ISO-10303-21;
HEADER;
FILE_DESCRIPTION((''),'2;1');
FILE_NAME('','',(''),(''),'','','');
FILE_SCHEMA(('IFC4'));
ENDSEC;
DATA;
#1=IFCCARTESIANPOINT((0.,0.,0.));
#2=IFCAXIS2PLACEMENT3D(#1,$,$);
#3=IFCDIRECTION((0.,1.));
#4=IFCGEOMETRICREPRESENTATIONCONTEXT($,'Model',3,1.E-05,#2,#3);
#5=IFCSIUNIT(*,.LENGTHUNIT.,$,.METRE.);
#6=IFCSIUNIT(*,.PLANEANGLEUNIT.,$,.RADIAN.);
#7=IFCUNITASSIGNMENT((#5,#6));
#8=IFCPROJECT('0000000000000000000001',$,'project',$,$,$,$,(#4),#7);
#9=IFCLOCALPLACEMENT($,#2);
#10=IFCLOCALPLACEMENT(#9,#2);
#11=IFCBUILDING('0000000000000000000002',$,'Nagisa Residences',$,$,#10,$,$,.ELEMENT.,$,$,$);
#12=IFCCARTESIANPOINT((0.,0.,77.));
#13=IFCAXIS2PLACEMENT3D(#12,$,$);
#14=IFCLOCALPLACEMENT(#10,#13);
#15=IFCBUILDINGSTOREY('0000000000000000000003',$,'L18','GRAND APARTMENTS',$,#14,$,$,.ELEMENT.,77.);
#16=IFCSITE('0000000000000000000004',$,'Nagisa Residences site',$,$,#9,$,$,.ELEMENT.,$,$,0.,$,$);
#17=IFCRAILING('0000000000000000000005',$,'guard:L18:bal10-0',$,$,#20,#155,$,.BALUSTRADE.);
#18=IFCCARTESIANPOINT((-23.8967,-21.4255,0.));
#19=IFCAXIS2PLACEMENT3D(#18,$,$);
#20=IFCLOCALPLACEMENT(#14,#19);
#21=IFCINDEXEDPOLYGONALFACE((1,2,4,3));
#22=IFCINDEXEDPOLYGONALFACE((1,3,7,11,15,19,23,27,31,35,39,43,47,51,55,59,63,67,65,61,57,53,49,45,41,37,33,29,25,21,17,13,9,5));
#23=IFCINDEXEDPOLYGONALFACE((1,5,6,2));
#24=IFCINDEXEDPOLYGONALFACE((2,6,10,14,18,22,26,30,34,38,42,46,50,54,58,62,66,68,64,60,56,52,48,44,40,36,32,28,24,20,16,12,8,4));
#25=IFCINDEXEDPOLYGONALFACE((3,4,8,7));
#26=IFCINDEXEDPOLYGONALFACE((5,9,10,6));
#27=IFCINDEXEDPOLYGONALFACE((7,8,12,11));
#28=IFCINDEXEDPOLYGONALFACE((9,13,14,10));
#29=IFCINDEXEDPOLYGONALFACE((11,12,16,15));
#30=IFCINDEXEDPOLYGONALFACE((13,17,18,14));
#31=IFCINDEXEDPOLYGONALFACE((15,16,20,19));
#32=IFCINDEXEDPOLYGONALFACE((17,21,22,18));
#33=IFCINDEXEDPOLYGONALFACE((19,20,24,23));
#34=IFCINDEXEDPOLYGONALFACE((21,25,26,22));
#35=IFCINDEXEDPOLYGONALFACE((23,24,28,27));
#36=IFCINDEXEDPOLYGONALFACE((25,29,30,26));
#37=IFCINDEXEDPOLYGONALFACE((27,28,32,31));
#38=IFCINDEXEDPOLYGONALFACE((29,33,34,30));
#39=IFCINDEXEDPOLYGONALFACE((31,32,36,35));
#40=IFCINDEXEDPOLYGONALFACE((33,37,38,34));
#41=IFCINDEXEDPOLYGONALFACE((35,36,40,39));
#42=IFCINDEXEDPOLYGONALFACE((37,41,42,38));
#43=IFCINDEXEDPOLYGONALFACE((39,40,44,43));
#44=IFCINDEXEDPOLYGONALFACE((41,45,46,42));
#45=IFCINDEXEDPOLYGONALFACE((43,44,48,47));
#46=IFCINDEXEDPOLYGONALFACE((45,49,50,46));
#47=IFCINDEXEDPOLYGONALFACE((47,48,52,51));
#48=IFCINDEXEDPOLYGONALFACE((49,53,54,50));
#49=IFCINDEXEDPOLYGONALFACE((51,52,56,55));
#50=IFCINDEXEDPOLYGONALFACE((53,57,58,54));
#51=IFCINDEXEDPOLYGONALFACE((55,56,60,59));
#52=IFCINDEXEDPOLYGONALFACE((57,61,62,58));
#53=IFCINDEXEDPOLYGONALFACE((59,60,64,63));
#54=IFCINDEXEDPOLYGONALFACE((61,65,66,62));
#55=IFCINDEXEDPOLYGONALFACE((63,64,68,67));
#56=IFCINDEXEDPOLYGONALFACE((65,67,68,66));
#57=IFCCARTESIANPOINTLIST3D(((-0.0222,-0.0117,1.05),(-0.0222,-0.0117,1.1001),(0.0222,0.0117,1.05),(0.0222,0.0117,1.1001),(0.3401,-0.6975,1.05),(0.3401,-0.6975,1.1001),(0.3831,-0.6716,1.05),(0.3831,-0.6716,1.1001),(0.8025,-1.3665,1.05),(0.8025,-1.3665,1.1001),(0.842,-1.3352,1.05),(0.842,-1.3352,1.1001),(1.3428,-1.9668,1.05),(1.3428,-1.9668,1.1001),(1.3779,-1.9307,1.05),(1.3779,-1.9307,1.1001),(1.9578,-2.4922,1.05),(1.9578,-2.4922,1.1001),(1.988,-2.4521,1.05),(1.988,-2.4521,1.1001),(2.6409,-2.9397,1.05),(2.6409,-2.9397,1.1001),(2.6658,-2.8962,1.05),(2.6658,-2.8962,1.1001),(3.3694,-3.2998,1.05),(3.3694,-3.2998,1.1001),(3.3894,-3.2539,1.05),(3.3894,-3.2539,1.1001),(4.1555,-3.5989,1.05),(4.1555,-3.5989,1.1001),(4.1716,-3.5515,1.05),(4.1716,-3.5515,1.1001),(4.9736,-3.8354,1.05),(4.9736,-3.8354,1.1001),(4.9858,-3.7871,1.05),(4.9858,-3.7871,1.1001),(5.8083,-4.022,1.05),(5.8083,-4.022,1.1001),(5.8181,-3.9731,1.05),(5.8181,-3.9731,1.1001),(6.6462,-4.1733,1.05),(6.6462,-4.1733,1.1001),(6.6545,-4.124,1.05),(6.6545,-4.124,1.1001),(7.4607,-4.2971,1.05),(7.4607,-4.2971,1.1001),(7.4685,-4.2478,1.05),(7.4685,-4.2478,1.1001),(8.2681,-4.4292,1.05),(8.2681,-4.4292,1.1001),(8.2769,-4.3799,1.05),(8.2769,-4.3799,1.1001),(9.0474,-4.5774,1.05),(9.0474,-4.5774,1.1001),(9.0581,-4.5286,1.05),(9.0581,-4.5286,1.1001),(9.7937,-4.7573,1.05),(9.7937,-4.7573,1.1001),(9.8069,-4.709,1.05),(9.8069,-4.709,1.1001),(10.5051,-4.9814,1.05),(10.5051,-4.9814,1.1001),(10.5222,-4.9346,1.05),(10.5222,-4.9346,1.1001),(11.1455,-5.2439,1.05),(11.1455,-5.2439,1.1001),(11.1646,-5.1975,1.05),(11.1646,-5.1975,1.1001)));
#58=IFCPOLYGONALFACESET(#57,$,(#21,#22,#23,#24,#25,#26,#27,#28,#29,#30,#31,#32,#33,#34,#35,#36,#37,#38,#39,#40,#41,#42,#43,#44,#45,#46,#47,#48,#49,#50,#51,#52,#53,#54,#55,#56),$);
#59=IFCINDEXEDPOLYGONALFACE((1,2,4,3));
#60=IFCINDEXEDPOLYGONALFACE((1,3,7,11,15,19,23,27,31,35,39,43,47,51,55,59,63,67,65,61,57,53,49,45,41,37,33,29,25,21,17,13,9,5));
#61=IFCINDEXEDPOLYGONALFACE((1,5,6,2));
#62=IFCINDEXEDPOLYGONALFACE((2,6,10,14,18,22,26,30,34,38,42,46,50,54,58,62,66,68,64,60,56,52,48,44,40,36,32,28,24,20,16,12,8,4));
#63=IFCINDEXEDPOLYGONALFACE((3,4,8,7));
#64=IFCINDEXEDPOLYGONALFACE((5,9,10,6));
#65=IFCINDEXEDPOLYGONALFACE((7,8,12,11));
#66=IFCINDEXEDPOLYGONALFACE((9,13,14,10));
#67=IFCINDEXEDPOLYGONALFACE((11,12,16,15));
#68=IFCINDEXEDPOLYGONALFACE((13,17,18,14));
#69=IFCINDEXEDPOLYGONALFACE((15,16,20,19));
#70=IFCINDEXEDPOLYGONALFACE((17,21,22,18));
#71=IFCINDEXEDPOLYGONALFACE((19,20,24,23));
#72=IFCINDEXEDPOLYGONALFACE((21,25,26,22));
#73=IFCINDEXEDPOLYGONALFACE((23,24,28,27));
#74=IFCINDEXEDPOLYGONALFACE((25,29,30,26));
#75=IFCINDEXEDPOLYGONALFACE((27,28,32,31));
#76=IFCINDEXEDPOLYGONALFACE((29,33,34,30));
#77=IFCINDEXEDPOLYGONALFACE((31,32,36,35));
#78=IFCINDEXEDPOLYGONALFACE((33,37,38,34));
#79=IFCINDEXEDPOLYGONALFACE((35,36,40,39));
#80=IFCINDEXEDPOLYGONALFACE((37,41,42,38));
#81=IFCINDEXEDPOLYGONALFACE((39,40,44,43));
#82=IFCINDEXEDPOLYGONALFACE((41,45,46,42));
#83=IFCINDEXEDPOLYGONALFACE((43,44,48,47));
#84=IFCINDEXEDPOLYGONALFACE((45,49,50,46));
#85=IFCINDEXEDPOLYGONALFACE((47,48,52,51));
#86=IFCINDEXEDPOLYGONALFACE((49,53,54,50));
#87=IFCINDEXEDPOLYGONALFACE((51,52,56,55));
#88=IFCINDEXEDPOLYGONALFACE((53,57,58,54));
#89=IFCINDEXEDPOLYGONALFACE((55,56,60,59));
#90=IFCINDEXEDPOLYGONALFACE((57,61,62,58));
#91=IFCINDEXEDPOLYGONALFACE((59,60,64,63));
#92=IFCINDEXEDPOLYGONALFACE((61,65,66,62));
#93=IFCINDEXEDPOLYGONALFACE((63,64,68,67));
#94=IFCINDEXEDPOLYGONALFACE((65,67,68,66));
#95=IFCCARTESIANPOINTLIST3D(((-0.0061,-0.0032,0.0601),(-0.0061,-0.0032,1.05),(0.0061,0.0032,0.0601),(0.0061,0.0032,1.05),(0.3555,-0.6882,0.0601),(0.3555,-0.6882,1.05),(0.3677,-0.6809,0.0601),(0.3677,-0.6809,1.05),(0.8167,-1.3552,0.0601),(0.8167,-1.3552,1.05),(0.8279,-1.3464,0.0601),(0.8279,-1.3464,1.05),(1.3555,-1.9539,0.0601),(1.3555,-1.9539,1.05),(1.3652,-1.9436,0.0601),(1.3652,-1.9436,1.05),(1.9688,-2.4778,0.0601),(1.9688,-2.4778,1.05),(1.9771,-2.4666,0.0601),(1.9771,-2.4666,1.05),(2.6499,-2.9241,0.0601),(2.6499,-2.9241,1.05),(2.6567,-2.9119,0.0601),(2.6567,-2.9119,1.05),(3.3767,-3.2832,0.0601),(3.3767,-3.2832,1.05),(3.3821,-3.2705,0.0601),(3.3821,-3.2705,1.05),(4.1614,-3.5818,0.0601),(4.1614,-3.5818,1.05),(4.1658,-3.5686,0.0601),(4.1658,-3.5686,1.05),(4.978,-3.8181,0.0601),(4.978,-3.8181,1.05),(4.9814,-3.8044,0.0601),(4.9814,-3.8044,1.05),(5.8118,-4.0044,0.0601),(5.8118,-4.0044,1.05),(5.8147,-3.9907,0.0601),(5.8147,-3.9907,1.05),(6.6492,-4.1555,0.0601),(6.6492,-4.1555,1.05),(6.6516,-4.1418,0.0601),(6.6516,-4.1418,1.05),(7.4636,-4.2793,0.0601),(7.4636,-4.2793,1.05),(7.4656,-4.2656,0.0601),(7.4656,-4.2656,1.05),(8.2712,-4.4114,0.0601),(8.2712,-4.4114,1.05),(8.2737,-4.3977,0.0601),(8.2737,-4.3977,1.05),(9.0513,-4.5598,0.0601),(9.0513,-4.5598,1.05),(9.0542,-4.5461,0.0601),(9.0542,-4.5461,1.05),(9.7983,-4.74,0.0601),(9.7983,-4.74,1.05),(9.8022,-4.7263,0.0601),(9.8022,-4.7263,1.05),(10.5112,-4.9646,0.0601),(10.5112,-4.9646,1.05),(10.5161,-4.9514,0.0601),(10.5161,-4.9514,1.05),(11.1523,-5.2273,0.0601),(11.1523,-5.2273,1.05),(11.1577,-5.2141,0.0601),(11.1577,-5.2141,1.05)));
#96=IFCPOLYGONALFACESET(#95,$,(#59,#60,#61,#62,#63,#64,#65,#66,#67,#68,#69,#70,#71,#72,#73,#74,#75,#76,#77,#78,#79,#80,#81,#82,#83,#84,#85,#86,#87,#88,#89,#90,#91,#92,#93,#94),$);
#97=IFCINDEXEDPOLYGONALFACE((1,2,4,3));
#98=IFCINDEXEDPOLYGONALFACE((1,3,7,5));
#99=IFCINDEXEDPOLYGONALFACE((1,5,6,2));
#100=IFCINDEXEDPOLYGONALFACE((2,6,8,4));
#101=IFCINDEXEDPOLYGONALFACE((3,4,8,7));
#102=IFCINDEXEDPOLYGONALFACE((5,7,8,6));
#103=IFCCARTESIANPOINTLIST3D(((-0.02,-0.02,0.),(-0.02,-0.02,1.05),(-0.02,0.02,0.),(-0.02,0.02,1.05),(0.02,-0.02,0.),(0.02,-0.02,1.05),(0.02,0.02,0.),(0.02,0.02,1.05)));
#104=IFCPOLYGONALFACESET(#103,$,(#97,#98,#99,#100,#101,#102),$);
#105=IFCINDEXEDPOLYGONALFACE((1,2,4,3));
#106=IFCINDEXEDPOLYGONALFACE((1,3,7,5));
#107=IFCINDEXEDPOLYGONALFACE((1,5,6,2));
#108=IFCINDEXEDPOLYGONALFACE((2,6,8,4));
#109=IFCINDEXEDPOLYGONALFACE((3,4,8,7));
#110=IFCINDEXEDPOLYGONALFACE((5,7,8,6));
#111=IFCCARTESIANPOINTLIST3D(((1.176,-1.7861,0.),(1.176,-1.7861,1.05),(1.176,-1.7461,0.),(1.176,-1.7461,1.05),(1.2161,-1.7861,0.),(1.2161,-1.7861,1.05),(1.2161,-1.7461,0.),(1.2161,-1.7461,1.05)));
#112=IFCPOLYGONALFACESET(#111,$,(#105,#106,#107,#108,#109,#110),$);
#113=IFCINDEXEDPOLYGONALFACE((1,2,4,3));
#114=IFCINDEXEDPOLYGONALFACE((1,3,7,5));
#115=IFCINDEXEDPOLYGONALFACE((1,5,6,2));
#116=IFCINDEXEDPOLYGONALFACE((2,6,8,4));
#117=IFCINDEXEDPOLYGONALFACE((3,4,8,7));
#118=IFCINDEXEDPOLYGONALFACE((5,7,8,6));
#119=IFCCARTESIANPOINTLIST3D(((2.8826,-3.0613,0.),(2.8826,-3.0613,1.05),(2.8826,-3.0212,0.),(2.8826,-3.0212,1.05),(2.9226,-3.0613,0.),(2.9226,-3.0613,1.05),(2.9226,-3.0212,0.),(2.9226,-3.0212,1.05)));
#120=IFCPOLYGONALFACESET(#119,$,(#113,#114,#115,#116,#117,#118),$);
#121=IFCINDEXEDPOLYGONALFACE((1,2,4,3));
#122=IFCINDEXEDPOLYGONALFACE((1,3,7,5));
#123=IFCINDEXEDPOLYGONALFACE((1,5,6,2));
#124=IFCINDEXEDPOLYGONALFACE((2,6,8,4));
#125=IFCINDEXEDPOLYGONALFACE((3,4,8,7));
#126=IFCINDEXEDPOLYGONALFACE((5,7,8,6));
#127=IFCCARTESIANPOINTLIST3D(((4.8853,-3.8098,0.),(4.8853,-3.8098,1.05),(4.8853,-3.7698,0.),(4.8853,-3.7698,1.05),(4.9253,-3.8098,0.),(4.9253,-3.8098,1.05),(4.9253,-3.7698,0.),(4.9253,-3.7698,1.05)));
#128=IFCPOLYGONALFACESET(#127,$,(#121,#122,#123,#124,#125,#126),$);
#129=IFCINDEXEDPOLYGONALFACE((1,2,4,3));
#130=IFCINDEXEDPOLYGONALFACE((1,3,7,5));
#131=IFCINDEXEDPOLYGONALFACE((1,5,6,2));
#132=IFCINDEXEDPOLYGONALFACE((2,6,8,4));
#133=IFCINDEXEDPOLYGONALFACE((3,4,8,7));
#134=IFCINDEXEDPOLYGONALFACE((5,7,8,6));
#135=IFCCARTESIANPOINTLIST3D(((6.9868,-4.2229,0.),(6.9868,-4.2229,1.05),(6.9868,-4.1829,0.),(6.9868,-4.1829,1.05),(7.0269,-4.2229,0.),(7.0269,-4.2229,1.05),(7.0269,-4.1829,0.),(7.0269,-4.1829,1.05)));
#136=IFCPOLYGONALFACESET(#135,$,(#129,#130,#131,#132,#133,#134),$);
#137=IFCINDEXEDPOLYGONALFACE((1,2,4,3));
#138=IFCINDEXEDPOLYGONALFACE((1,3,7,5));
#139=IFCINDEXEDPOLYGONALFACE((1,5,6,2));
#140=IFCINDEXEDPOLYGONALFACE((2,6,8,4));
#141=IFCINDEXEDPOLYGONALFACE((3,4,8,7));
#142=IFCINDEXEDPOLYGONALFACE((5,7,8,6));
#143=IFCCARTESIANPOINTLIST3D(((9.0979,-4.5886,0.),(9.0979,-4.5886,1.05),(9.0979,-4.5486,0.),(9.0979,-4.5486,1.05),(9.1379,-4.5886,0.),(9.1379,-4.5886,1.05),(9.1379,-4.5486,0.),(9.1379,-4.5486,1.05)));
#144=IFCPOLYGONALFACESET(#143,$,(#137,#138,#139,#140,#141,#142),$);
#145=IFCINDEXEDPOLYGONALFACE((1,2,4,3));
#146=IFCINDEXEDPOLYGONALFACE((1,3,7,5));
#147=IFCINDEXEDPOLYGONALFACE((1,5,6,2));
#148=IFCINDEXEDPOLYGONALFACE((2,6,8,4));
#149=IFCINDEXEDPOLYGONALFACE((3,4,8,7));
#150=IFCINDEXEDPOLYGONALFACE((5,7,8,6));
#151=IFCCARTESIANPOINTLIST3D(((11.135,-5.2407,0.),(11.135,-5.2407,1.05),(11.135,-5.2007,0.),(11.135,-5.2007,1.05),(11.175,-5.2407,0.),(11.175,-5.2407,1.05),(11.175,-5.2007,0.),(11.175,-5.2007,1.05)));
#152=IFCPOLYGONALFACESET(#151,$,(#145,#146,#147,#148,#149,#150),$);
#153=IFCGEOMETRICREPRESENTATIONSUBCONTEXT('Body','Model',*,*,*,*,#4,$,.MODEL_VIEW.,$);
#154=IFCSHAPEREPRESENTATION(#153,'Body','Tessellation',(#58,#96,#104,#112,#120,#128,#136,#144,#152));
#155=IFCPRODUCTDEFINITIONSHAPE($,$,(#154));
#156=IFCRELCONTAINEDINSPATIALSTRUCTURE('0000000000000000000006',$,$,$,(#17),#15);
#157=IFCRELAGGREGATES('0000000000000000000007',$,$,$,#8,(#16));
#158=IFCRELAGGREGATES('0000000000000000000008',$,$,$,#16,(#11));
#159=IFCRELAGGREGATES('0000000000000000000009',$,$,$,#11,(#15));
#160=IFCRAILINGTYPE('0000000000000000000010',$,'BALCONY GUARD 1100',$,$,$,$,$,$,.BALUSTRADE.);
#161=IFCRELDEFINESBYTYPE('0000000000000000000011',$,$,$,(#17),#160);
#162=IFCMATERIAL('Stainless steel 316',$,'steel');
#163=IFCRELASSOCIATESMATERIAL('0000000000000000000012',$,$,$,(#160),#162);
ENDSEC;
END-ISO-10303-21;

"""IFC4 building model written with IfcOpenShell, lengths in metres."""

from ifc_helpers import new_model, si_unit, direction, frame, origin, origin_2d, place, context, subcontext, project, spatial, polyline, rectangle, outline, extrude, material, type_object, element, save


model = new_model("IFC4")

# Units and contexts
model_context = context("Model", 3, precision=1e-05, world=origin(), true_north=direction((0.0, 1.0)))
body_context = subcontext(model_context, "Body", "Model", "MODEL_VIEW")
ifc_project = project(units=[si_unit("LENGTHUNIT", "METRE"), si_unit("PLANEANGLEUNIT", "RADIAN")], contexts=[model_context])

# Site, building, storey
site_placement = place(None, origin())
site = spatial("IfcSite", under=ifc_project, at=site_placement, Name="Nagisa Residences site", CompositionType="ELEMENT", RefElevation=0.0)
building_placement = place(site_placement, origin())
building = spatial("IfcBuilding", under=site, at=building_placement, Name="Nagisa Residences", CompositionType="ELEMENT")
storey_placement = place(building_placement, frame((0.0, 0.0, 77.0)))
storey = spatial("IfcBuildingStorey", under=building, at=storey_placement, Name="L18", Description="GRAND APARTMENTS", CompositionType="ELEMENT", Elevation=77.0)

# Railing
ifc_material_1 = material(Name="Stainless steel 316", Category="steel")
railing_type = type_object("IfcRailingType", Name="BALCONY GUARD 1100", PredefinedType="BALUSTRADE", material=ifc_material_1)
railing_1_placement = place(storey_placement, frame((-23.8967, -21.4255, 0.0)))
element("IfcRailing", 1, at=railing_1_placement, inside=storey, type_object=railing_type, Name="guard:L18:bal10-0", PredefinedType="BALUSTRADE", context=body_context, shape_type="SweptSolid", body=[
    extrude(outline(polyline([(0.3831, -0.6716), (0.0222, 0.0117), (-0.0222, -0.0117), (0.3401, -0.6975), (0.8025, -1.3665), (1.3428, -1.9668), (1.9578, -2.4922), (2.6409, -2.9397), (3.3694, -3.2998), (4.1555, -3.5989), (4.9736, -3.8354), (5.8083, -4.022), (6.6462, -4.1733), (7.4607, -4.2971), (8.2681, -4.4292), (9.0474, -4.5774), (9.7937, -4.7573), (10.5051, -4.9814), (11.1455, -5.2439), (11.1646, -5.1975), (10.5222, -4.9346), (9.8069, -4.709), (9.0581, -4.5286), (8.2769, -4.3799), (7.4685, -4.2478), (6.6545, -4.124), (5.8181, -3.9731), (4.9858, -3.7871), (4.1716, -3.5515), (3.3894, -3.2539), (2.6658, -2.8962), (1.988, -2.4521), (1.3779, -1.9307), (0.842, -1.3352), (0.3831, -0.6716)])), frame((0.0, 0.0, 1.05)), (0.0, 0.0, 1.0), 0.05),
    extrude(outline(polyline([(0.3677, -0.6809), (0.0061, 0.0032), (-0.0061, -0.0032), (0.3555, -0.6882), (0.8167, -1.3552), (1.3555, -1.9539), (1.9688, -2.4778), (2.6499, -2.9241), (3.3767, -3.2832), (4.1614, -3.5818), (4.978, -3.8181), (5.8118, -4.0044), (6.6492, -4.1555), (7.4636, -4.2793), (8.2712, -4.4114), (9.0513, -4.5598), (9.7983, -4.74), (10.5112, -4.9646), (11.1523, -5.2273), (11.1577, -5.2141), (10.5161, -4.9514), (9.8022, -4.7263), (9.0542, -4.5461), (8.2737, -4.3977), (7.4656, -4.2656), (6.6516, -4.1418), (5.8147, -3.9907), (4.9814, -3.8044), (4.1658, -3.5686), (3.3821, -3.2705), (2.6567, -2.9119), (1.9771, -2.4666), (1.3652, -1.9436), (0.8279, -1.3464), (0.3677, -0.6809)])), frame((0.0, 0.0, 0.0601)), (0.0, 0.0, 1.0), 0.99),
    extrude(rectangle(XDim=0.04, YDim=0.04, at=origin_2d()), origin(), (0.0, 0.0, 1.0), 1.05),
    extrude(rectangle(XDim=0.04, YDim=0.04, at=origin_2d()), frame((1.196, -1.7661, 0.0)), (0.0, 0.0, 1.0), 1.05),
    extrude(rectangle(XDim=0.04, YDim=0.04, at=origin_2d()), frame((2.9026, -3.0413, 0.0)), (0.0, 0.0, 1.0), 1.05),
    extrude(rectangle(XDim=0.04, YDim=0.04, at=origin_2d()), frame((4.9053, -3.7898, 0.0)), (0.0, 0.0, 1.0), 1.05),
    extrude(rectangle(XDim=0.04, YDim=0.04, at=origin_2d()), frame((7.0068, -4.2029, 0.0)), (0.0, 0.0, 1.0), 1.05),
    extrude(rectangle(XDim=0.04, YDim=0.04, at=origin_2d()), frame((9.1179, -4.5686, 0.0)), (0.0, 0.0, 1.0), 1.05),
    extrude(rectangle(XDim=0.04, YDim=0.04, at=origin_2d()), frame((11.155, -5.2207, 0.0)), (0.0, 0.0, 1.0), 1.05),
])

save(model, "model.ifc")
